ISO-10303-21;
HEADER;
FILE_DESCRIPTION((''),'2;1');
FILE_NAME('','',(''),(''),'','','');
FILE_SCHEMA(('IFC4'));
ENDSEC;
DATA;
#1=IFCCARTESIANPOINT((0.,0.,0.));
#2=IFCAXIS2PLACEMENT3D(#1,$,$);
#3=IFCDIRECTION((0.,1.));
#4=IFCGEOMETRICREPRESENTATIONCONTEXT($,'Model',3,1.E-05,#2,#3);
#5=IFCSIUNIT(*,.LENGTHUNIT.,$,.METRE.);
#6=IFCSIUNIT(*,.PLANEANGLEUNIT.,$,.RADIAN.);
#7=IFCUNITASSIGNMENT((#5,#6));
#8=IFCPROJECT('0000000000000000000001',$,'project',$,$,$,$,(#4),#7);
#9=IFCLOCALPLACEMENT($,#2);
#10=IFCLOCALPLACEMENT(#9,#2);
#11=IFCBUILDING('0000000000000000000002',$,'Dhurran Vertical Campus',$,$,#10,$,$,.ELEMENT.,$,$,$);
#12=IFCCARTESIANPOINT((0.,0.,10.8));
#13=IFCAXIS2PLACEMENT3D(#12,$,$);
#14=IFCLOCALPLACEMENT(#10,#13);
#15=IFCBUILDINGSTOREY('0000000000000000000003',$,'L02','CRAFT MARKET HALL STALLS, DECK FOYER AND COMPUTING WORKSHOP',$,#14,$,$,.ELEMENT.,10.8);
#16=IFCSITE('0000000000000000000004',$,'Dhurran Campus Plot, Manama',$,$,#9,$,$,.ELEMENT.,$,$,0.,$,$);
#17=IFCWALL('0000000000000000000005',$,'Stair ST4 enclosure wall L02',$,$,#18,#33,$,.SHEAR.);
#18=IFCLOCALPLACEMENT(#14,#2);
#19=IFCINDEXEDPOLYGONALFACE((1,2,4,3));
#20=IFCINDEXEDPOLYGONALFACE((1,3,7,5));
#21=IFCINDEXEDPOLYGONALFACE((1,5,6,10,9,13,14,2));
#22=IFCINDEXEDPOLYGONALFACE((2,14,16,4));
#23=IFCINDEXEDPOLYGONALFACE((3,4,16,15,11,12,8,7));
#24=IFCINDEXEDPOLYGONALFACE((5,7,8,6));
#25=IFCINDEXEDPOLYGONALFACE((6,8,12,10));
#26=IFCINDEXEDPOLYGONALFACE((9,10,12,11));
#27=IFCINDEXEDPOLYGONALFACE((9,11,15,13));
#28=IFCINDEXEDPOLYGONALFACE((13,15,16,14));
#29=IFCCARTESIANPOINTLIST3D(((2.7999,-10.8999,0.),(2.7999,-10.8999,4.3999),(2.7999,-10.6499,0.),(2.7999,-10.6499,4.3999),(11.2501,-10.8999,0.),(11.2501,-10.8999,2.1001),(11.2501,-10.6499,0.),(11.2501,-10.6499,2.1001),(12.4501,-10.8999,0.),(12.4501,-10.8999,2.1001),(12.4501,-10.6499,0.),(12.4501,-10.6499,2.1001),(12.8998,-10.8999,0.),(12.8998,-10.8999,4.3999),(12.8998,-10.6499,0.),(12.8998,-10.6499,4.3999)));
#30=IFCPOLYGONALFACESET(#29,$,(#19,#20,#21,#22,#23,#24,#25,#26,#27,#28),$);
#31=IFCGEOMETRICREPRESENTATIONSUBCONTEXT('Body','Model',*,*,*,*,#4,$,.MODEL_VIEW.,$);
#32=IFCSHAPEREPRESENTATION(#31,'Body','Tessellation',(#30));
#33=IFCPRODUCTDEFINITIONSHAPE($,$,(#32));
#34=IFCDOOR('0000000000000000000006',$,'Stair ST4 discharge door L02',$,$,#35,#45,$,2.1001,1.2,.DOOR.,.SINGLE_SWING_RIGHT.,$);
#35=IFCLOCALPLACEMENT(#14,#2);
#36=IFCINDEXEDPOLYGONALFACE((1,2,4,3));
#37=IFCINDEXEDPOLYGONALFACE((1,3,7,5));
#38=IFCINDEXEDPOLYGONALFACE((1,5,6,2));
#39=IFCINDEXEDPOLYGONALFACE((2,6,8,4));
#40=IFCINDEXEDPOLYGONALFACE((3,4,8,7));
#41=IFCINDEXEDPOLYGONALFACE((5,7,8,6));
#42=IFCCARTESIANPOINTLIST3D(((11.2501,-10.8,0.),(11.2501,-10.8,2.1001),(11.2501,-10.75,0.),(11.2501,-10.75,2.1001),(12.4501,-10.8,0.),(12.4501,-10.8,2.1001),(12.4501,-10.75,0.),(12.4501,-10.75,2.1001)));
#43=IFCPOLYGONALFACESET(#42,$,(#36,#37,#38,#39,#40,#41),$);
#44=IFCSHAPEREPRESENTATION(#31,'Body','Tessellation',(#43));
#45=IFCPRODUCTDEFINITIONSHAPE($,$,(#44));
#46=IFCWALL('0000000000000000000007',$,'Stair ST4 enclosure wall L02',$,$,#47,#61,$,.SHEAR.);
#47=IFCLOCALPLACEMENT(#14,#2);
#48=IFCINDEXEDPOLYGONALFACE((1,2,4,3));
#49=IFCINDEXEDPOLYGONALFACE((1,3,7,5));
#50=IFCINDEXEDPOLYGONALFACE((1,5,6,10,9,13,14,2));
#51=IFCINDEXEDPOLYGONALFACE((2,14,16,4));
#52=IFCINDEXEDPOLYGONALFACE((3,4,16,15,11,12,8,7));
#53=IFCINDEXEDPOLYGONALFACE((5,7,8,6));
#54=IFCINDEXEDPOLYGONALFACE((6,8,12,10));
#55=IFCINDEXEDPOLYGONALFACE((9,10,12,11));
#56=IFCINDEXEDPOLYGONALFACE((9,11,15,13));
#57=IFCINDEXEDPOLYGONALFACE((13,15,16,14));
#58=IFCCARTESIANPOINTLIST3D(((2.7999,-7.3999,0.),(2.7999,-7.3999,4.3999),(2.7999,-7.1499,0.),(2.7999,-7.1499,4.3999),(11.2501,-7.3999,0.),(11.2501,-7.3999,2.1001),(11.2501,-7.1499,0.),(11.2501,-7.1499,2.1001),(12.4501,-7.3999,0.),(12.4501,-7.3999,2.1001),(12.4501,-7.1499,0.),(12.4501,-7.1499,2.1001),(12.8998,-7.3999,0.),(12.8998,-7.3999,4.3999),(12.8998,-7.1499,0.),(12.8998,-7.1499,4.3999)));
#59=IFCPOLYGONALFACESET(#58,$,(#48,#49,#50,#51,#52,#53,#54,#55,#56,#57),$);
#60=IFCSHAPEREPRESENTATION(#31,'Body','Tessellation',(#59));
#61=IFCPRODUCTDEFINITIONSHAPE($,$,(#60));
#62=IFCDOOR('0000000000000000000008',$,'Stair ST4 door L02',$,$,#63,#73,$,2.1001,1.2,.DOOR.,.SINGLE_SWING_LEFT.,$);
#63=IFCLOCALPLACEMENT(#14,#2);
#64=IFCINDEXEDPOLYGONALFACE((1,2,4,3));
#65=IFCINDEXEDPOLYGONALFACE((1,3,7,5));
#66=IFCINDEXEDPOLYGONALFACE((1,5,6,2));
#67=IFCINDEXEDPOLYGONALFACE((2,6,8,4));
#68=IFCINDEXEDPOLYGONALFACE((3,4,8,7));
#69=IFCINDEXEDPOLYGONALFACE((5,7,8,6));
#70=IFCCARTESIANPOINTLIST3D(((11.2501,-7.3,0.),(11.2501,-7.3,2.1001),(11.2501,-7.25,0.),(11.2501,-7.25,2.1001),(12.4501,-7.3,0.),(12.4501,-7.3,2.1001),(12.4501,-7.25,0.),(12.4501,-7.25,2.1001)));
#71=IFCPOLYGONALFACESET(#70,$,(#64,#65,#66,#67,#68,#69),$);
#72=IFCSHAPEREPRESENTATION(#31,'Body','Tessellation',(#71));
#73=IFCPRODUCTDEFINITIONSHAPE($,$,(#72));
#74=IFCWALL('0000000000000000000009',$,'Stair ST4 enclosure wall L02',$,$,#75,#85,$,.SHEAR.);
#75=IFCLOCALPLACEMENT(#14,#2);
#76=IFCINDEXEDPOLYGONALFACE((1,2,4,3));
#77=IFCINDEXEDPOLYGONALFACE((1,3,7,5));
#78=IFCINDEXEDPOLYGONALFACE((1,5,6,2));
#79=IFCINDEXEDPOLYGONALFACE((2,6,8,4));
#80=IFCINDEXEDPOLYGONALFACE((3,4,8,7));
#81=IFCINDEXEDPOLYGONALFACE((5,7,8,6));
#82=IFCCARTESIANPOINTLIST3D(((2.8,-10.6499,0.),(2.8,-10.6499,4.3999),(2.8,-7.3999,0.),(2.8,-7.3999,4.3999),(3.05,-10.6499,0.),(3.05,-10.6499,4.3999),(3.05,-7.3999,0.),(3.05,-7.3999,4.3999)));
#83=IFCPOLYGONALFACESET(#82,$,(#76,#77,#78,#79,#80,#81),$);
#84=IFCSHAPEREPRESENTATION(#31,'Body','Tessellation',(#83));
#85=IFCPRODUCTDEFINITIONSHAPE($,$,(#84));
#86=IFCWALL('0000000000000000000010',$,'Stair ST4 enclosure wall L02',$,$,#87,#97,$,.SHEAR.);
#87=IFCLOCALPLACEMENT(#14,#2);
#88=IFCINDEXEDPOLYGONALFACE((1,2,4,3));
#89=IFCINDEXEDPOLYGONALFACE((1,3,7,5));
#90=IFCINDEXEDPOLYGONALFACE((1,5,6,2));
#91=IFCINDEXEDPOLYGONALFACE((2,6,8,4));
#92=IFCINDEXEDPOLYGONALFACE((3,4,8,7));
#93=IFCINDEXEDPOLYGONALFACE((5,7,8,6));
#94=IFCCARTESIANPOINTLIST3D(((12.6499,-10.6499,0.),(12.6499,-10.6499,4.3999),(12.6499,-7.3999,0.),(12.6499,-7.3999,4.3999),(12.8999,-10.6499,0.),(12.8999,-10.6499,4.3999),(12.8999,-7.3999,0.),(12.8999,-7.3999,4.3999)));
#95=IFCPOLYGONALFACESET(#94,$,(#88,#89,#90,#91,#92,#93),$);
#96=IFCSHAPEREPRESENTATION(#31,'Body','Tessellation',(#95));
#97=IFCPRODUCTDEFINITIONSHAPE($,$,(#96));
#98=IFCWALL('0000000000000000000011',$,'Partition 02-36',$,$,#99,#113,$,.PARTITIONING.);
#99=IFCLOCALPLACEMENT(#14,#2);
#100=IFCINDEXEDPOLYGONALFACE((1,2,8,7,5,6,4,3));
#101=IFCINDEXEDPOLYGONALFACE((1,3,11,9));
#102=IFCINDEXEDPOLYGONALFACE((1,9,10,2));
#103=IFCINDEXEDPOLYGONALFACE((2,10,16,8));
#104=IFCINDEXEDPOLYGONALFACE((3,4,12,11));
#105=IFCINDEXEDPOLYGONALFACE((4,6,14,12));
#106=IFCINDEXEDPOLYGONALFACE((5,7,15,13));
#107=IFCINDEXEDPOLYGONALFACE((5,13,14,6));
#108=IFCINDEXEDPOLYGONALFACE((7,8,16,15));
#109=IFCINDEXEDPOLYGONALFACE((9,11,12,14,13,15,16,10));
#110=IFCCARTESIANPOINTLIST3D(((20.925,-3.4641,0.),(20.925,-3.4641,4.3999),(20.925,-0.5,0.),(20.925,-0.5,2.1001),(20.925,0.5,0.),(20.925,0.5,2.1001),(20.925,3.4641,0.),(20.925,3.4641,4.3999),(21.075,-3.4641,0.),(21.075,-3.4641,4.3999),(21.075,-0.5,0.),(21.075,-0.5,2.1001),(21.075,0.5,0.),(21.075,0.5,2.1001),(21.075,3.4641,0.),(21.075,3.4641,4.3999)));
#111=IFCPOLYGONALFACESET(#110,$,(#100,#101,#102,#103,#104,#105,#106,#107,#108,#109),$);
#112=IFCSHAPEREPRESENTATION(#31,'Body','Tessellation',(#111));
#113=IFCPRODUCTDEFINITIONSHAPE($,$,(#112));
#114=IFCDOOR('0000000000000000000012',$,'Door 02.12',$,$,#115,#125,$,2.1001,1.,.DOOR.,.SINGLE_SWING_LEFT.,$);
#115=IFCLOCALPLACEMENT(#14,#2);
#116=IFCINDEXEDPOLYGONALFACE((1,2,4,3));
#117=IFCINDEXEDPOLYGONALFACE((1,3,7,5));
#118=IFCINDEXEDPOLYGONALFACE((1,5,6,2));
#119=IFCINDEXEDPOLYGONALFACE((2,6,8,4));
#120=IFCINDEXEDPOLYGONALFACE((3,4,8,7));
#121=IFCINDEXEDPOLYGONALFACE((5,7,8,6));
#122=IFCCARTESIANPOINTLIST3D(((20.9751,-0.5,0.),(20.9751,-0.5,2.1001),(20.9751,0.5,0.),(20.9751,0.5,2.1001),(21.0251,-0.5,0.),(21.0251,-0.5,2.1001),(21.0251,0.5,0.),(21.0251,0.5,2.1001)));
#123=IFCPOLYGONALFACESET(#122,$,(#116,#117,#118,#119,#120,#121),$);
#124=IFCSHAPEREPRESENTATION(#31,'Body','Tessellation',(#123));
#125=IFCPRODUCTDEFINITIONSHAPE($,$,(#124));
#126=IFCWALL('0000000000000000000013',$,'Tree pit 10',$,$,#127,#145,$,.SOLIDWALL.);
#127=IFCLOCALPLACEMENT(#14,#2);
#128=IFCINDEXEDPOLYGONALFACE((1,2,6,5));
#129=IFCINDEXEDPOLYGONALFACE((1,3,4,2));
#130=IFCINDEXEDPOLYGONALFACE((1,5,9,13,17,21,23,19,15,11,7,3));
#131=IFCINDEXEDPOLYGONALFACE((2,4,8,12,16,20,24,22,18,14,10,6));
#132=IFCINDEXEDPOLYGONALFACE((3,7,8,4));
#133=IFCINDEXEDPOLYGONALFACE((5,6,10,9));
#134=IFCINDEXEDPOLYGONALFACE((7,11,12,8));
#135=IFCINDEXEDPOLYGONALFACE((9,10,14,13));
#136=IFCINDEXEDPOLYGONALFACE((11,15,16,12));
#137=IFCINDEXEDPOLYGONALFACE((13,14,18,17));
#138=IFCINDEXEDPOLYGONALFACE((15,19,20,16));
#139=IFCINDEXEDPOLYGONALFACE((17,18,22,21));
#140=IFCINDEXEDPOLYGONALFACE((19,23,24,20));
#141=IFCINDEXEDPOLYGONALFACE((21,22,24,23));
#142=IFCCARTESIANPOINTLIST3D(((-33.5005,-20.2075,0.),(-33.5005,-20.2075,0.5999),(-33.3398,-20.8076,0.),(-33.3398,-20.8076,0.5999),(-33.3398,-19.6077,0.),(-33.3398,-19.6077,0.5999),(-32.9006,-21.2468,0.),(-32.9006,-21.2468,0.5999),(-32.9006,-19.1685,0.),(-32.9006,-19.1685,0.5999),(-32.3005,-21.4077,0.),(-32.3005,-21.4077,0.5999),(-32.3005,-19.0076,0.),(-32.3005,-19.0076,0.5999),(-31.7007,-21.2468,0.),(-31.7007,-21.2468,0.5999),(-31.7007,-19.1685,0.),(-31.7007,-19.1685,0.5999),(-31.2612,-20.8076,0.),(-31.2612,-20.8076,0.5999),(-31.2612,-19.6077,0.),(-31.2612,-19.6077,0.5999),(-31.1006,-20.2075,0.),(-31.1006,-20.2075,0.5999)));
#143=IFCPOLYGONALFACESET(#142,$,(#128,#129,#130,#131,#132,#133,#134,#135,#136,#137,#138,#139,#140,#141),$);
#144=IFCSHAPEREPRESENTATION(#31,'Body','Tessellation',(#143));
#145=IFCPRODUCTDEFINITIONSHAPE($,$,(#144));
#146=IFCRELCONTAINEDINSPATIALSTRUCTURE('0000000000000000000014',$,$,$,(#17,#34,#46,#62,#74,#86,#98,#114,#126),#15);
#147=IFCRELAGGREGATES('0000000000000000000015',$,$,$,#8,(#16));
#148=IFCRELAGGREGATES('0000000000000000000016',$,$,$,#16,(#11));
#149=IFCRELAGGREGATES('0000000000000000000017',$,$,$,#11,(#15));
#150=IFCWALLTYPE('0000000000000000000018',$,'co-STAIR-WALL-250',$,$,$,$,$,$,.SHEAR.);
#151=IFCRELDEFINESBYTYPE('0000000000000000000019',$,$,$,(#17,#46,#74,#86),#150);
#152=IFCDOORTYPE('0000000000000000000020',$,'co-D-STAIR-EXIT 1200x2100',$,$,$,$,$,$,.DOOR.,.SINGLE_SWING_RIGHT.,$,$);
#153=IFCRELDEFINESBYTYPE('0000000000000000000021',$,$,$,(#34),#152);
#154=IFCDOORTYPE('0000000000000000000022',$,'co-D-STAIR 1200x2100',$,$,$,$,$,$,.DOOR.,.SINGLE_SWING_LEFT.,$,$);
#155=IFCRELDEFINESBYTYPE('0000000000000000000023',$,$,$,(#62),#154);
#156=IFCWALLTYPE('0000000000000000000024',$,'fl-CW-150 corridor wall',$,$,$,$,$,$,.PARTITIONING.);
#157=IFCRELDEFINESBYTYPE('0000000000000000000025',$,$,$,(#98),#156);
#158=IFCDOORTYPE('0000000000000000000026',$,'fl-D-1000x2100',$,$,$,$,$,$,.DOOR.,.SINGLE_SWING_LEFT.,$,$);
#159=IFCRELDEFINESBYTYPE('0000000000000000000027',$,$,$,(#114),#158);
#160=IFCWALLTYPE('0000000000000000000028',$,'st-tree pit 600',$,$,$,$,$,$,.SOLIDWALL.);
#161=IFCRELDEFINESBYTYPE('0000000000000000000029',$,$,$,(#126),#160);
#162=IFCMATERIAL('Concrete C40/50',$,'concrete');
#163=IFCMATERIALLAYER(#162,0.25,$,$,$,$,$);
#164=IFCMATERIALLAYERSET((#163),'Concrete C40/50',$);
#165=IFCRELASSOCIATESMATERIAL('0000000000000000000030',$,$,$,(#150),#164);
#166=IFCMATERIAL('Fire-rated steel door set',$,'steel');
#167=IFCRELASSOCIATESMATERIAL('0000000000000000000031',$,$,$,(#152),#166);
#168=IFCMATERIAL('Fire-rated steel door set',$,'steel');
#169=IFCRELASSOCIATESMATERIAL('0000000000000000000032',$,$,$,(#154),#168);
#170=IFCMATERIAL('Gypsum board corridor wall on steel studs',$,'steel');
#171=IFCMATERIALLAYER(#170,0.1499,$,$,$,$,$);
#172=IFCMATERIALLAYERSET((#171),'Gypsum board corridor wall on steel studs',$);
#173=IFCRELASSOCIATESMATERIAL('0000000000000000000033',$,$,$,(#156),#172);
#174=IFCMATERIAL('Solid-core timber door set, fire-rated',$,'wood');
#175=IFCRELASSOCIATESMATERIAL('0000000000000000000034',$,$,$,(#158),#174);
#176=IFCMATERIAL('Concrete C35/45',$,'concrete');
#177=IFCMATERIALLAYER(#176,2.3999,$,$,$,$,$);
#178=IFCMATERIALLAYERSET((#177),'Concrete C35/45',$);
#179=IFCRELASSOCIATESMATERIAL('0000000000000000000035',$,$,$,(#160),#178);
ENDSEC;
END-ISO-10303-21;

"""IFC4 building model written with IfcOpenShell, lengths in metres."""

from ifc_helpers import new_model, si_unit, direction, frame, frame_2d, origin, place, context, subcontext, project, spatial, polyline, rectangle, outline, extrude, material, layer, layer_set, type_object, element, fill, save


model = new_model("IFC4")

# Units and contexts
model_context = context("Model", 3, precision=1e-05, world=origin(), true_north=direction((0.0, 1.0)))
body_context = subcontext(model_context, "Body", "Model", "MODEL_VIEW")
ifc_project = project(units=[si_unit("LENGTHUNIT", "METRE"), si_unit("PLANEANGLEUNIT", "RADIAN")], contexts=[model_context])

# Site, building, storey
site_placement = place(None, origin())
site = spatial("IfcSite", under=ifc_project, at=site_placement, Name="Dhurran Campus Plot, Manama", CompositionType="ELEMENT", RefElevation=0.0)
building_placement = place(site_placement, origin())
building = spatial("IfcBuilding", under=site, at=building_placement, Name="Dhurran Vertical Campus", CompositionType="ELEMENT")
storey_placement = place(building_placement, frame((0.0, 0.0, 10.8)))
storey = spatial("IfcBuildingStorey", under=building, at=storey_placement, Name="L02", Description="CRAFT MARKET HALL STALLS, DECK FOYER AND COMPUTING WORKSHOP", CompositionType="ELEMENT", Elevation=10.8)

# Walls, openings, doors
ifc_material_1 = material(Name="Concrete C40/50", Category="concrete")
ifc_layer_1 = layer(ifc_material_1, 0.25)
ifc_layer_set_1 = layer_set([ifc_layer_1], Name="Concrete C40/50")
wall_type_1 = type_object("IfcWallType", Name="co-STAIR-WALL-250", PredefinedType="SHEAR", material=ifc_layer_set_1)
wall_1_placement = place(storey_placement, frame((2.8, -10.7749, 0.0), z_axis=(0.0, 0.0, 1.0), x_axis=(1.0, 0.0, 0.0)))
wall_1 = element("IfcWall", 1, at=wall_1_placement, inside=storey, type_object=wall_type_1, Name="Stair ST4 enclosure wall L02", PredefinedType="SHEAR", context=body_context, shape_type="SweptSolid", body=[
    extrude(rectangle(XDim=10.0999, YDim=0.25, at=frame_2d((5.0498, 0.0))), origin(), (0.0, 0.0, 1.0), 4.3999),
])
opening_1_placement = place(wall_1_placement, frame((8.45, 0.0, 0.0)))
opening_1 = element("IfcOpeningElement", 2, at=opening_1_placement, cuts=wall_1, PredefinedType="OPENING", context=body_context, shape_type="SweptSolid", body=[
    extrude(rectangle(XDim=1.2, YDim=2.1001, at=frame_2d((0.6001, 1.05))), frame((0.0, 0.135, 0.0), z_axis=(0.0, -1.0, 0.0), x_axis=(1.0, 0.0, 0.0)), (0.0, 0.0, 1.0), 0.27),
])
ifc_material_2 = material(Name="Fire-rated steel door set", Category="steel")
door_type_1 = type_object("IfcDoorType", Name="co-D-STAIR-EXIT 1200x2100", OperationType="SINGLE_SWING_RIGHT", PredefinedType="DOOR", material=ifc_material_2)
door_1_placement = place(opening_1_placement, origin())
door_1 = element("IfcDoor", 3, at=door_1_placement, inside=storey, type_object=door_type_1, Name="Stair ST4 discharge door L02", OperationType="SINGLE_SWING_RIGHT", OverallHeight=2.1001, OverallWidth=1.2, PredefinedType="DOOR", context=body_context, shape_type="SweptSolid", body=[
    extrude(rectangle(XDim=1.2, YDim=2.1001, at=frame_2d((0.6001, 1.05))), frame((0.0, 0.0249, 0.0), z_axis=(0.0, -1.0, 0.0), x_axis=(1.0, 0.0, 0.0)), (0.0, 0.0, 1.0), 0.05),
])
fill(opening_1, door_1)
wall_2_placement = place(storey_placement, frame((2.8, -7.2749, 0.0), z_axis=(0.0, 0.0, 1.0), x_axis=(1.0, 0.0, 0.0)))
wall_2 = element("IfcWall", 4, at=wall_2_placement, inside=storey, type_object=wall_type_1, Name="Stair ST4 enclosure wall L02", PredefinedType="SHEAR", context=body_context, shape_type="SweptSolid", body=[
    extrude(rectangle(XDim=10.0999, YDim=0.25, at=frame_2d((5.0498, 0.0))), origin(), (0.0, 0.0, 1.0), 4.3999),
])
opening_2_placement = place(wall_2_placement, frame((8.45, 0.0, 0.0)))
opening_2 = element("IfcOpeningElement", 5, at=opening_2_placement, cuts=wall_2, PredefinedType="OPENING", context=body_context, shape_type="SweptSolid", body=[
    extrude(rectangle(XDim=1.2, YDim=2.1001, at=frame_2d((0.6001, 1.05))), frame((0.0, 0.135, 0.0), z_axis=(0.0, -1.0, 0.0), x_axis=(1.0, 0.0, 0.0)), (0.0, 0.0, 1.0), 0.27),
])
ifc_material_3 = material(Name="Fire-rated steel door set", Category="steel")
door_type_2 = type_object("IfcDoorType", Name="co-D-STAIR 1200x2100", OperationType="SINGLE_SWING_LEFT", PredefinedType="DOOR", material=ifc_material_3)
door_2_placement = place(opening_2_placement, origin())
door_2 = element("IfcDoor", 6, at=door_2_placement, inside=storey, type_object=door_type_2, Name="Stair ST4 door L02", OperationType="SINGLE_SWING_LEFT", OverallHeight=2.1001, OverallWidth=1.2, PredefinedType="DOOR", context=body_context, shape_type="SweptSolid", body=[
    extrude(rectangle(XDim=1.2, YDim=2.1001, at=frame_2d((0.6001, 1.05))), frame((0.0, 0.0249, 0.0), z_axis=(0.0, -1.0, 0.0), x_axis=(1.0, 0.0, 0.0)), (0.0, 0.0, 1.0), 0.05),
])
fill(opening_2, door_2)

# Walls
for number, where, z_axis, x_axis, name in (
    (7, (2.925, -10.6499, 0.0), (0.0, 0.0, 1.0), (0.0, 1.0, 0.0), "Stair ST4 enclosure wall L02"),
    (8, (12.7749, -10.6499, 0.0), (0.0, 0.0, 1.0), (0.0, 1.0, 0.0), "Stair ST4 enclosure wall L02"),
):
    element("IfcWall", number, at=place(storey_placement, frame(where, z_axis=z_axis, x_axis=x_axis)), inside=storey, type_object=wall_type_1, Name=name, PredefinedType="SHEAR", context=body_context, shape_type="SweptSolid", body=[
        extrude(rectangle(XDim=3.25, YDim=0.25, at=frame_2d((1.625, 0.0))), origin(), (0.0, 0.0, 1.0), 4.3999),
    ])

# Wall, opening, door
ifc_material_4 = material(Name="Gypsum board corridor wall on steel studs", Category="steel")
ifc_layer_2 = layer(ifc_material_4, 0.1499)
ifc_layer_set_2 = layer_set([ifc_layer_2], Name="Gypsum board corridor wall on steel studs")
wall_type_2 = type_object("IfcWallType", Name="fl-CW-150 corridor wall", PredefinedType="PARTITIONING", material=ifc_layer_set_2)
wall_3_placement = place(storey_placement, frame((21.0, -3.4641, 0.0), z_axis=(0.0, 0.0, 1.0), x_axis=(0.0, 1.0, 0.0)))
wall_3 = element("IfcWall", 9, at=wall_3_placement, inside=storey, type_object=wall_type_2, Name="Partition 02-36", PredefinedType="PARTITIONING", context=body_context, shape_type="SweptSolid", body=[
    extrude(rectangle(XDim=6.9282, YDim=0.1499, at=frame_2d((3.4641, 0.0))), origin(), (0.0, 0.0, 1.0), 4.3999),
])
opening_3_placement = place(wall_3_placement, frame((2.9641, 0.0, 0.0)))
opening_3 = element("IfcOpeningElement", 10, at=opening_3_placement, cuts=wall_3, PredefinedType="OPENING", context=body_context, shape_type="SweptSolid", body=[
    extrude(rectangle(XDim=1.0, YDim=2.1001, at=frame_2d((0.5, 1.05))), frame((0.0, 0.085, 0.0), z_axis=(0.0, -1.0, 0.0), x_axis=(1.0, 0.0, 0.0)), (0.0, 0.0, 1.0), 0.1699),
])
ifc_material_5 = material(Name="Solid-core timber door set, fire-rated", Category="wood")
door_type_3 = type_object("IfcDoorType", Name="fl-D-1000x2100", OperationType="SINGLE_SWING_LEFT", PredefinedType="DOOR", material=ifc_material_5)
door_3_placement = place(opening_3_placement, origin())
door_3 = element("IfcDoor", 11, at=door_3_placement, inside=storey, type_object=door_type_3, Name="Door 02.12", OperationType="SINGLE_SWING_LEFT", OverallHeight=2.1001, OverallWidth=1.0, PredefinedType="DOOR", context=body_context, shape_type="SweptSolid", body=[
    extrude(rectangle(XDim=1.0, YDim=2.1001, at=frame_2d((0.5, 1.05))), frame((0.0, 0.0249, 0.0), z_axis=(0.0, -1.0, 0.0), x_axis=(1.0, 0.0, 0.0)), (0.0, 0.0, 1.0), 0.05),
])
fill(opening_3, door_3)

# Wall
ifc_material_6 = material(Name="Concrete C35/45", Category="concrete")
ifc_layer_3 = layer(ifc_material_6, 2.3999)
ifc_layer_set_3 = layer_set([ifc_layer_3], Name="Concrete C35/45")
wall_type_3 = type_object("IfcWallType", Name="st-tree pit 600", PredefinedType="SOLIDWALL", material=ifc_layer_set_3)
wall_4_placement = place(storey_placement, origin())
element("IfcWall", 12, at=wall_4_placement, inside=storey, type_object=wall_type_3, Name="Tree pit 10", PredefinedType="SOLIDWALL", context=body_context, shape_type="SweptSolid", body=[
    extrude(outline(polyline([(-31.1006, -20.2075), (-31.2612, -20.8076), (-31.7007, -21.2468), (-32.3005, -21.4077), (-32.9006, -21.2468), (-33.3398, -20.8076), (-33.5005, -20.2075), (-33.3398, -19.6077), (-32.9006, -19.1685), (-32.3005, -19.0076), (-31.7007, -19.1685), (-31.2612, -19.6077), (-31.1006, -20.2075)])), origin(), (0.0, 0.0, 1.0), 0.5999),
])

save(model, "model.ifc")
